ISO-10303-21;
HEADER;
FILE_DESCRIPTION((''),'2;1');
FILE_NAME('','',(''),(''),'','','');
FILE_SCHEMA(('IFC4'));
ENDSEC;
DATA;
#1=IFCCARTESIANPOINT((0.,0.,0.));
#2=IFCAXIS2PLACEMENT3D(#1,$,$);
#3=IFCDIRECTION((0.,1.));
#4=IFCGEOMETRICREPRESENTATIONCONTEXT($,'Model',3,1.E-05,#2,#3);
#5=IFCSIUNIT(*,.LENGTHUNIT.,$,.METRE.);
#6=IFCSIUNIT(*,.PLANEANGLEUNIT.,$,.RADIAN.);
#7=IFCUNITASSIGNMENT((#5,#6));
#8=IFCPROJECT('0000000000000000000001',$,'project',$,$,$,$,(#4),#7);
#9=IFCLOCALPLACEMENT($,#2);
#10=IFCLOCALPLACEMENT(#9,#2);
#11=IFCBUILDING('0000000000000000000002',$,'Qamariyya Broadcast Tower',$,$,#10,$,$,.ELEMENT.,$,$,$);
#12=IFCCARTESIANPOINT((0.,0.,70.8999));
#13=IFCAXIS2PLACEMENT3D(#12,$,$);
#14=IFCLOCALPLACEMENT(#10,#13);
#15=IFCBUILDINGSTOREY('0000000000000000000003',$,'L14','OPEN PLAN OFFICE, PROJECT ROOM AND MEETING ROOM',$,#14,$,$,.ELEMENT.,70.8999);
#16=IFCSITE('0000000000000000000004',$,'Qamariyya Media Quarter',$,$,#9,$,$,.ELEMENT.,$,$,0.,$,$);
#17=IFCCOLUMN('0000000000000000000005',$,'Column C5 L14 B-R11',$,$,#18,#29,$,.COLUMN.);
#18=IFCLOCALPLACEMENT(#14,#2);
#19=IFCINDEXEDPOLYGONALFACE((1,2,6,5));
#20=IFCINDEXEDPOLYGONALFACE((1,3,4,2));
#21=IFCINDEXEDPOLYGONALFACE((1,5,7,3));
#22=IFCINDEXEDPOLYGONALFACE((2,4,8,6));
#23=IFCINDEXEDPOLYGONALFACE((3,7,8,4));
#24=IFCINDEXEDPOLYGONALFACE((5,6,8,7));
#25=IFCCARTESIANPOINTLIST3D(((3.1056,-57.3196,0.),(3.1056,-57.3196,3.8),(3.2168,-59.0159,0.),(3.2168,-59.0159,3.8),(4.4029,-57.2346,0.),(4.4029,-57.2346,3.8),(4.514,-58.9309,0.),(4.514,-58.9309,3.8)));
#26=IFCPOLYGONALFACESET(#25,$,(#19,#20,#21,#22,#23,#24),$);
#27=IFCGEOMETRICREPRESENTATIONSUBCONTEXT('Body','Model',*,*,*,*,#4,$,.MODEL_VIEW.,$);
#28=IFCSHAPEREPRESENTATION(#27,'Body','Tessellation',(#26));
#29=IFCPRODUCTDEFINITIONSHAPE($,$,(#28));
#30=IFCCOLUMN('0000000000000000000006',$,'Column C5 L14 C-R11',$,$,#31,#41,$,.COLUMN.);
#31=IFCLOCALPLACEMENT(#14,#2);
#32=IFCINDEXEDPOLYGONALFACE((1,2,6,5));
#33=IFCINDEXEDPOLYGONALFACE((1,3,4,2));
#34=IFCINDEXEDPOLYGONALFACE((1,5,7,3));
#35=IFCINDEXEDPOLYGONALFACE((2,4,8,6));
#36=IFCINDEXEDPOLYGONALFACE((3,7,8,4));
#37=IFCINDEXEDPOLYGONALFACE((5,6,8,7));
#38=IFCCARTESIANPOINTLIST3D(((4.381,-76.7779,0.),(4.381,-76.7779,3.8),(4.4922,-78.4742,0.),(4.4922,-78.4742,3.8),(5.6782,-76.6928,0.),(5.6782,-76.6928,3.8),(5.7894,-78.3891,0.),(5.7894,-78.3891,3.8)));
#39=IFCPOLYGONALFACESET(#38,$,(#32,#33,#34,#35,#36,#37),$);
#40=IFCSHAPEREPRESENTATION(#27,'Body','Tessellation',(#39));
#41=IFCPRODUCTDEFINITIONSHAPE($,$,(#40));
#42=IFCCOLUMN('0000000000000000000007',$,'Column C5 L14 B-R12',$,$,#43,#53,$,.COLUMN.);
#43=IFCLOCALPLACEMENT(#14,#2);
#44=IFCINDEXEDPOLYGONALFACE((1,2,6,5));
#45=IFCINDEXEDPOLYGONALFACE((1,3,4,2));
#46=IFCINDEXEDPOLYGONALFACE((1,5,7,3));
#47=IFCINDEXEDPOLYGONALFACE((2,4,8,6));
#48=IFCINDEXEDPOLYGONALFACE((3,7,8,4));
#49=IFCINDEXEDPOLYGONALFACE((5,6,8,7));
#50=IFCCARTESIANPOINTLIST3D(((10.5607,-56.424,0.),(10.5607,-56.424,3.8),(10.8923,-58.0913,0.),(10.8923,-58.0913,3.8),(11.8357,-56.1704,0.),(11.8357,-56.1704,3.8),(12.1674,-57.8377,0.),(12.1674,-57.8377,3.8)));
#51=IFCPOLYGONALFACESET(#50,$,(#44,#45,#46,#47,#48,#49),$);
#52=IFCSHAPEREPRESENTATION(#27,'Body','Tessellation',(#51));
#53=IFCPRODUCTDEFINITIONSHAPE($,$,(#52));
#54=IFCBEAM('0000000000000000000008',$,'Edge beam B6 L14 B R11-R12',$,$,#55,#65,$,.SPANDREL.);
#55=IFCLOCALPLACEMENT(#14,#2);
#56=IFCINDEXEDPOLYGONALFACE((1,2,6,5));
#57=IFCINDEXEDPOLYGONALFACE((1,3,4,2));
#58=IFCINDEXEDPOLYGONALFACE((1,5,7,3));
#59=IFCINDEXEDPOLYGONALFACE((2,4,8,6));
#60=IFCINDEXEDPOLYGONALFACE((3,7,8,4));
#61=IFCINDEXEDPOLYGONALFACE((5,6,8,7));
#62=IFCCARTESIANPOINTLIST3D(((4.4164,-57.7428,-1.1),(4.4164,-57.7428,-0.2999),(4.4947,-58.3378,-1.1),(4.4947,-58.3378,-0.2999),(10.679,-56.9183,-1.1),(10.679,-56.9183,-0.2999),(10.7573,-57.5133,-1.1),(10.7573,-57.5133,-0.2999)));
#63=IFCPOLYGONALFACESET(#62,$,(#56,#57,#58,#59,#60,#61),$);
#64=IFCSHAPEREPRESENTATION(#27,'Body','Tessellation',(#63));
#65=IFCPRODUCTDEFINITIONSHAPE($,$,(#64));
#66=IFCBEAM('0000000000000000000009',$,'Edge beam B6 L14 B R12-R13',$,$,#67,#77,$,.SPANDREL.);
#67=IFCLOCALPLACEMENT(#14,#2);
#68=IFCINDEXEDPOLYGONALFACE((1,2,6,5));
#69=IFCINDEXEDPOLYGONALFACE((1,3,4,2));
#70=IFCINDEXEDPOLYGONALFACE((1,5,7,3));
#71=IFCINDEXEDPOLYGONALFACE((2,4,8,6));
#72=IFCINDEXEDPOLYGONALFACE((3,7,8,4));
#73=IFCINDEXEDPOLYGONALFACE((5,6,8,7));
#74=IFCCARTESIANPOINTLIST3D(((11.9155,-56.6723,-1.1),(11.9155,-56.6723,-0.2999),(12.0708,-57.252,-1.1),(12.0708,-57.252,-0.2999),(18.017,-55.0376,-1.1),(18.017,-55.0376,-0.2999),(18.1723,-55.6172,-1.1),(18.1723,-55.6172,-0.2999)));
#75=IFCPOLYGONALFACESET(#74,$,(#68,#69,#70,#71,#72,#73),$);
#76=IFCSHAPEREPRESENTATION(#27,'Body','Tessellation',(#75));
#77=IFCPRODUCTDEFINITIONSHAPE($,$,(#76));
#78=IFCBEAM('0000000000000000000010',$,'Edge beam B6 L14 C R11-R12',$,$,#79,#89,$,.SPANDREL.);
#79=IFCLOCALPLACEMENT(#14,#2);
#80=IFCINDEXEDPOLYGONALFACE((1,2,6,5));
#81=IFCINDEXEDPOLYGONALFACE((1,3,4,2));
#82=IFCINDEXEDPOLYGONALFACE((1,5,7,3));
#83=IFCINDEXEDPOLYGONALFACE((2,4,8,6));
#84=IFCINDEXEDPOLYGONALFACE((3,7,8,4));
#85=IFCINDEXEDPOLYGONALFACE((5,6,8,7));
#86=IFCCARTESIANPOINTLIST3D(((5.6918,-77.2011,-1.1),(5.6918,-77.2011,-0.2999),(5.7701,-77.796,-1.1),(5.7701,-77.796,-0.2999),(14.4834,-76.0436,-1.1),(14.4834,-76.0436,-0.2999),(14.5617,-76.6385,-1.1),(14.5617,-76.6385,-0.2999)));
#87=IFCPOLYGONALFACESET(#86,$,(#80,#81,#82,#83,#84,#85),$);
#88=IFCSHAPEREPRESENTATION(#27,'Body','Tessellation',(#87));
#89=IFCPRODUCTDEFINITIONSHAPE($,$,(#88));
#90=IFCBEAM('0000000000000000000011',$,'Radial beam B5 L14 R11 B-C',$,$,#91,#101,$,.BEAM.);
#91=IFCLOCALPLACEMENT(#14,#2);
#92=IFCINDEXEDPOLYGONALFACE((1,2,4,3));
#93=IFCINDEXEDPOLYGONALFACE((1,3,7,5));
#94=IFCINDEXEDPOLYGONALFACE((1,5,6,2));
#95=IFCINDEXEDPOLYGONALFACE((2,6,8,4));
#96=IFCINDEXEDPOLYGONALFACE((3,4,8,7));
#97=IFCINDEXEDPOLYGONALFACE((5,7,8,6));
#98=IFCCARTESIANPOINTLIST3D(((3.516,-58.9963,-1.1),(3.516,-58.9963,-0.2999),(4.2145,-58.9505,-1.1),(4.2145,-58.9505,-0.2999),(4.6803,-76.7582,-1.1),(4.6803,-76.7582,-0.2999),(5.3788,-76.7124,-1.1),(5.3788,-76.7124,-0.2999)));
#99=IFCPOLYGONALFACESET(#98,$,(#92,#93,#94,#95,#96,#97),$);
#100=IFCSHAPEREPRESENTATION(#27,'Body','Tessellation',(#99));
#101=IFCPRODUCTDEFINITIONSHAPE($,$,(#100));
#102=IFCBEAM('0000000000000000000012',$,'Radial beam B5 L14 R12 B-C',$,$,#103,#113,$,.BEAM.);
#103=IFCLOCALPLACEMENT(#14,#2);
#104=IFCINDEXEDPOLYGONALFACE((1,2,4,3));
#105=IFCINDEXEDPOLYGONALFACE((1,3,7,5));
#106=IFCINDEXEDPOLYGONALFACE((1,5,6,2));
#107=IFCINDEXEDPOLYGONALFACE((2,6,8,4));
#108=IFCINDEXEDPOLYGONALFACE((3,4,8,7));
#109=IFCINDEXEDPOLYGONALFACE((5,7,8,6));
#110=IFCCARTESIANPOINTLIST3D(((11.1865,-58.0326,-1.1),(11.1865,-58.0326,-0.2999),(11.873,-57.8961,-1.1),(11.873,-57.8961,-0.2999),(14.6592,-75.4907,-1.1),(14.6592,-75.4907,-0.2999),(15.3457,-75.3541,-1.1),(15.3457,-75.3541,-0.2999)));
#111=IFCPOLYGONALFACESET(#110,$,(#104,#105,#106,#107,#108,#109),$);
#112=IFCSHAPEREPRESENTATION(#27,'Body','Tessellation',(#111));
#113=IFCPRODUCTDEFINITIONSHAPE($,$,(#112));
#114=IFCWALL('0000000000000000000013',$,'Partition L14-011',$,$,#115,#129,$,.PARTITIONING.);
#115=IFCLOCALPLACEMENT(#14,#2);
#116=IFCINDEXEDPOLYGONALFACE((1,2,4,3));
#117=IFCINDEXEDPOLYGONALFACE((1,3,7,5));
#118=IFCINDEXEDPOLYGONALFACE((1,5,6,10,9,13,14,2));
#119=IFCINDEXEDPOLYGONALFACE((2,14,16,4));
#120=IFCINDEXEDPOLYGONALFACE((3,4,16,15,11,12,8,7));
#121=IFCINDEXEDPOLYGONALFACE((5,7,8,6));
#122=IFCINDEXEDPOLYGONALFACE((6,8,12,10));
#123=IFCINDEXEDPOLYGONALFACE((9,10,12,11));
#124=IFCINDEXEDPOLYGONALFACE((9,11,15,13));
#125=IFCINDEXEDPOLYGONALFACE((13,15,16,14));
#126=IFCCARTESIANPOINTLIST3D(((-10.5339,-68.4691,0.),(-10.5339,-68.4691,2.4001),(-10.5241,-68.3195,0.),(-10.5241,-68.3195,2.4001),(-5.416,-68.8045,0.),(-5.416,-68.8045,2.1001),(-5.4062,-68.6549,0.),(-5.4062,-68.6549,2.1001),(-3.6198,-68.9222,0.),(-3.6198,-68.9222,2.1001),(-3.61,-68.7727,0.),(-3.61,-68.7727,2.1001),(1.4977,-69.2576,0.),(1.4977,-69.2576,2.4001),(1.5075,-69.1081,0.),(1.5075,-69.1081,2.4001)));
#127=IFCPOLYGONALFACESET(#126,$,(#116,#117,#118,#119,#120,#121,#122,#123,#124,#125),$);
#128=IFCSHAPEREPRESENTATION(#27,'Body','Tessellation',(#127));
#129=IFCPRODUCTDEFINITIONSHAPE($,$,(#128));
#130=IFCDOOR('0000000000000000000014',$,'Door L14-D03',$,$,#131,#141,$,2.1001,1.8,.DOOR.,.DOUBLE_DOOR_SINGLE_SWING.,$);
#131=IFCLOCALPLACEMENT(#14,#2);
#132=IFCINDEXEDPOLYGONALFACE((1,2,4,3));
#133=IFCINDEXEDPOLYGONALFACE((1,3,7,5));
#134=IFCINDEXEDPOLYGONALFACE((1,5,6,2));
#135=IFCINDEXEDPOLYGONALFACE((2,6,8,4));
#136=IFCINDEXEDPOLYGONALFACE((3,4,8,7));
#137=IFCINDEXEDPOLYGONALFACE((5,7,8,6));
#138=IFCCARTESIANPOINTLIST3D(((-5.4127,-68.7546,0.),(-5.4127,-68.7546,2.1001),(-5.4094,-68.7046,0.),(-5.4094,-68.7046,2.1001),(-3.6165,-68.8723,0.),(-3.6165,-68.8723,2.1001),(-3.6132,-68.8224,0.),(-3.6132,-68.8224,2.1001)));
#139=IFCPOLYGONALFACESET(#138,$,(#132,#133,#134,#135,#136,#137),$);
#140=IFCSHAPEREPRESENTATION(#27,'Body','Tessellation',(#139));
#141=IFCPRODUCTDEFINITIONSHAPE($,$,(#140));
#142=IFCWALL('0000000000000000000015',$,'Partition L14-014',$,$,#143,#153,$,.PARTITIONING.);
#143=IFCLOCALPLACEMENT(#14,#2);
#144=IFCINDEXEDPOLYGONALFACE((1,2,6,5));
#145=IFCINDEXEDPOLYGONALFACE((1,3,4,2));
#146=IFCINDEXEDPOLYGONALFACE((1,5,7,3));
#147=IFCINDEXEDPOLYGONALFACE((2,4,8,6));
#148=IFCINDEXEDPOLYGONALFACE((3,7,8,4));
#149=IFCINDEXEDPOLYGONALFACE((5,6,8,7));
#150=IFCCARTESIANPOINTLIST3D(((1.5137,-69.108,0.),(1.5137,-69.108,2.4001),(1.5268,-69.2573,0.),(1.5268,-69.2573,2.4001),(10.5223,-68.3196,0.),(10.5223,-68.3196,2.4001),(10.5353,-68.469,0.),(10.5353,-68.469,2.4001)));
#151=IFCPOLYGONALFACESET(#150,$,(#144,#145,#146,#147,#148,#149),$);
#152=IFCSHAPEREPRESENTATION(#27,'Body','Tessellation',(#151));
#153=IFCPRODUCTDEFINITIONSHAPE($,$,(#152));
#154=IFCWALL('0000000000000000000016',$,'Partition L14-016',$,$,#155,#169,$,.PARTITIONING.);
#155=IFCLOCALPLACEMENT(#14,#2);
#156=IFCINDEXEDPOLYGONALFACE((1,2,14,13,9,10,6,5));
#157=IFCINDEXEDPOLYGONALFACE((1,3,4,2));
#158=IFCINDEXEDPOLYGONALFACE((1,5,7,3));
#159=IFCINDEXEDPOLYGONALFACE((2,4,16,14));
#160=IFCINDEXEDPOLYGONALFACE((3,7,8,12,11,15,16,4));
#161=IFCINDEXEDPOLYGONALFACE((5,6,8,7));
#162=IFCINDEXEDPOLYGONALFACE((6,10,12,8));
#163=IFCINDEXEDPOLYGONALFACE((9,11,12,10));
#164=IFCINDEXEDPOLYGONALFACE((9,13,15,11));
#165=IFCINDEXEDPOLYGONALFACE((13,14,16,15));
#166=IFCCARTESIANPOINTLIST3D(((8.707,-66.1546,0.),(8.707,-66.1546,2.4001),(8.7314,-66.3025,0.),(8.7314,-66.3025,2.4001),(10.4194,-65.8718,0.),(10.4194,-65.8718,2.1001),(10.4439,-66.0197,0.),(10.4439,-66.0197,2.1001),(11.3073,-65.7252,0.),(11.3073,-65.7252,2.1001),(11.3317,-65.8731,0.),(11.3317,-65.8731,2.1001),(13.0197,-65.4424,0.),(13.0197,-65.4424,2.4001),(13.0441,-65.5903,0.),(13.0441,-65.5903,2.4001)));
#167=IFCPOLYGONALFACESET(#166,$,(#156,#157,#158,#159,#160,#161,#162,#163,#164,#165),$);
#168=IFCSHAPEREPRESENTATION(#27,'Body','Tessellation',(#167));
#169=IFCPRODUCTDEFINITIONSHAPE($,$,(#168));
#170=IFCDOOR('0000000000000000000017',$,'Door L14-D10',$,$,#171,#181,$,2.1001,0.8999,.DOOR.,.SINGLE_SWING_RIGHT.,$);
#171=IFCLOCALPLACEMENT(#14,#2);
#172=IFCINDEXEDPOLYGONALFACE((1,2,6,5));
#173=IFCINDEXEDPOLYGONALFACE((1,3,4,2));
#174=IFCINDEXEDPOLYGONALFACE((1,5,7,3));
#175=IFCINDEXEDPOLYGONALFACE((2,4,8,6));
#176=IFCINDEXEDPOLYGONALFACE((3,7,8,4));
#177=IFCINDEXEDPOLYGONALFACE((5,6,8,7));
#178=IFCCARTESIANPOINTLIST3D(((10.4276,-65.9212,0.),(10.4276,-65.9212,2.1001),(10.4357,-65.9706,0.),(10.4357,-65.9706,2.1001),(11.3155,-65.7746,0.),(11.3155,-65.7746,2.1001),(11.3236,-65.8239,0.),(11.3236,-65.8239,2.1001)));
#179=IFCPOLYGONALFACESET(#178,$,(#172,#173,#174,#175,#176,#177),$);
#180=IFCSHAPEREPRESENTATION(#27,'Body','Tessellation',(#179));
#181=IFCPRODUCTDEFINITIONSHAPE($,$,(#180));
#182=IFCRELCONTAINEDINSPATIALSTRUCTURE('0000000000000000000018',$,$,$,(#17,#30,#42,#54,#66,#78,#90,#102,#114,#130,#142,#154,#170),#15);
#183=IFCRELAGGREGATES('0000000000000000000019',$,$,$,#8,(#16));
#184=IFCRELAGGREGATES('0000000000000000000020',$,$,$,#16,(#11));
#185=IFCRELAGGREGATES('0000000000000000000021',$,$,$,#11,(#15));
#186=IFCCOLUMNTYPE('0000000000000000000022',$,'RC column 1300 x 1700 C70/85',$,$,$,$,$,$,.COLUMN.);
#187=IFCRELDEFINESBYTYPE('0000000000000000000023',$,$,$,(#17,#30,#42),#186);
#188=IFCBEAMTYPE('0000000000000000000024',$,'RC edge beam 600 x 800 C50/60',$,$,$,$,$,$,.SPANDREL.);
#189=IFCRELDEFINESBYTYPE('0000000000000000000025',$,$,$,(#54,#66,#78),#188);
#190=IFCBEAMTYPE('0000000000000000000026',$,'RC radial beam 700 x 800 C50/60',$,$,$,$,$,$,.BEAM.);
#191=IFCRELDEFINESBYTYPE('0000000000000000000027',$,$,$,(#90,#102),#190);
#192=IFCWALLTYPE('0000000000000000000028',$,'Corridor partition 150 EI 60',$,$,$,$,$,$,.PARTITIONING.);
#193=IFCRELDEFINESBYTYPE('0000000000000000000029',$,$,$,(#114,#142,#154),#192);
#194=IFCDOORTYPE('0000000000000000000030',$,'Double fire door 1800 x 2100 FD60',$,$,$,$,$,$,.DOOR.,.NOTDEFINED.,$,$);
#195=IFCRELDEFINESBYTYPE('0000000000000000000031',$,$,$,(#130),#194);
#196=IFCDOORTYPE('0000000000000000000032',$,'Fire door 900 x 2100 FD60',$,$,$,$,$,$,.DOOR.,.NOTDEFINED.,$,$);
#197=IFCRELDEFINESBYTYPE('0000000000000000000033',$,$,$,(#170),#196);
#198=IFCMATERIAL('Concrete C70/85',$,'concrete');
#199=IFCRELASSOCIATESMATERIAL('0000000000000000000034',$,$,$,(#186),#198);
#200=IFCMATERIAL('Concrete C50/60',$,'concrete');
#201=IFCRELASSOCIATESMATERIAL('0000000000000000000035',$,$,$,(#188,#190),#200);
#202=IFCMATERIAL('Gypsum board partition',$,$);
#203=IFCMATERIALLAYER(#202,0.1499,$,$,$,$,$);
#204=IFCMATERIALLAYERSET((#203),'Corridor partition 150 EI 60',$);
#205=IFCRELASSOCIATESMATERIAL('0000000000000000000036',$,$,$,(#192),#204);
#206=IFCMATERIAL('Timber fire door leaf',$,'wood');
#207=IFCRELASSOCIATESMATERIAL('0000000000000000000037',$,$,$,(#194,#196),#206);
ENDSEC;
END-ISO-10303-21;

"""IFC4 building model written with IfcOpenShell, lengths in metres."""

from ifc_helpers import new_model, si_unit, direction, frame, frame_2d, origin, origin_2d, place, context, subcontext, project, spatial, rectangle, extrude, material, layer, layer_set, material_profile, profile_set, type_object, element, fill, save


model = new_model("IFC4")

# Units and contexts
model_context = context("Model", 3, precision=1e-05, world=origin(), true_north=direction((0.0, 1.0)))
body_context = subcontext(model_context, "Body", "Model", "MODEL_VIEW")
ifc_project = project(units=[si_unit("LENGTHUNIT", "METRE"), si_unit("PLANEANGLEUNIT", "RADIAN")], contexts=[model_context])

# Site, building, storey
site_placement = place(None, origin())
site = spatial("IfcSite", under=ifc_project, at=site_placement, Name="Qamariyya Media Quarter", CompositionType="ELEMENT", RefElevation=0.0)
building_placement = place(site_placement, origin())
building = spatial("IfcBuilding", under=site, at=building_placement, Name="Qamariyya Broadcast Tower", CompositionType="ELEMENT")
storey_placement = place(building_placement, frame((0.0, 0.0, 70.8999)))
storey = spatial("IfcBuildingStorey", under=building, at=storey_placement, Name="L14", Description="OPEN PLAN OFFICE, PROJECT ROOM AND MEETING ROOM", CompositionType="ELEMENT", Elevation=70.8999)

# Columns
ifc_material_1 = material(Name="Concrete C70/85", Category="concrete")
ifc_material_profile_1 = material_profile(ifc_material_1, rectangle(XDim=1.3, YDim=1.7, at=origin_2d()))
ifc_profile_set_1 = profile_set([ifc_material_profile_1], Name="Concrete C70/85")
column_type = type_object("IfcColumnType", Name="RC column 1300 x 1700 C70/85", PredefinedType="COLUMN", material=ifc_profile_set_1)
for number, where, z_axis, x_axis, name in (
    (1, (3.8098, -58.1252, 0.0), (0.0, 0.0, 1.0), (0.997859, 0.065403, 0.0), "Column C5 L14 B-R11"),
    (2, (5.0852, -77.5835, 0.0), (0.0, 0.0, 1.0), (0.997859, 0.065403, 0.0), "Column C5 L14 C-R11"),
    (3, (11.364, -57.1309, 0.0), (0.0, 0.0, 1.0), (0.980785, 0.19509, 0.0), "Column C5 L14 B-R12"),
):
    element("IfcColumn", number, at=place(storey_placement, frame(where, z_axis=z_axis, x_axis=x_axis)), inside=storey, type_object=column_type, Name=name, PredefinedType="COLUMN", context=body_context, shape_type="SweptSolid", body=[
        extrude(rectangle(XDim=1.3, YDim=1.7, at=origin_2d()), origin(), (0.0, 0.0, 1.0), 3.8),
    ])

# Beams
ifc_material_2 = material(Name="Concrete C50/60", Category="concrete")
ifc_material_profile_2 = material_profile(ifc_material_2, rectangle(XDim=0.6001, YDim=0.8, at=origin_2d()))
ifc_profile_set_2 = profile_set([ifc_material_profile_2], Name="Concrete C50/60")
beam_type_1 = type_object("IfcBeamType", Name="RC edge beam 600 x 800 C50/60", PredefinedType="SPANDREL", material=ifc_profile_set_2)
for number, where, z_axis, x_axis, name in (
    (4, (4.4556, -58.0403, -0.7), (0.991446, 0.13052, 0.0), (-0.13052, 0.991446, 0.0), "Edge beam B6 L14 B R11-R12"),
    (5, (11.9932, -56.9622, -0.7), (0.965931, 0.258798, 0.0), (-0.258798, 0.965931, 0.0), "Edge beam B6 L14 B R12-R13"),
):
    element("IfcBeam", number, at=place(storey_placement, frame(where, z_axis=z_axis, x_axis=x_axis)), inside=storey, type_object=beam_type_1, Name=name, PredefinedType="SPANDREL", context=body_context, shape_type="SweptSolid", body=[
        extrude(rectangle(XDim=0.6001, YDim=0.8, at=origin_2d()), origin(), (0.0, 0.0, 1.0), 6.3167),
    ])
beam_placement = place(storey_placement, frame((5.731, -77.4985, -0.7), z_axis=(0.991444, 0.130531, 0.0), x_axis=(-0.130531, 0.991444, 0.0)))
element("IfcBeam", 6, at=beam_placement, inside=storey, type_object=beam_type_1, Name="Edge beam B6 L14 C R11-R12", PredefinedType="SPANDREL", context=body_context, shape_type="SweptSolid", body=[
    extrude(rectangle(XDim=0.6001, YDim=0.8, at=origin_2d()), origin(), (0.0, 0.0, 1.0), 8.8674),
])
ifc_material_profile_3 = material_profile(ifc_material_2, rectangle(XDim=0.7, YDim=0.8, at=origin_2d()))
ifc_profile_set_3 = profile_set([ifc_material_profile_3], Name="Concrete C50/60")
beam_type_2 = type_object("IfcBeamType", Name="RC radial beam 700 x 800 C50/60", PredefinedType="BEAM", material=ifc_profile_set_3)
for number, where, z_axis, x_axis, name in (
    (7, (3.8652, -58.9734, -0.7), (0.06541, -0.997858, 0.0), (0.997858, 0.06541, 0.0), "Radial beam B5 L14 R11 B-C"),
    (8, (11.5298, -57.9644, -0.7), (0.195093, -0.980785, 0.0), (0.980785, 0.195093, 0.0), "Radial beam B5 L14 R12 B-C"),
):
    element("IfcBeam", number, at=place(storey_placement, frame(where, z_axis=z_axis, x_axis=x_axis)), inside=storey, type_object=beam_type_2, Name=name, PredefinedType="BEAM", context=body_context, shape_type="SweptSolid", body=[
        extrude(rectangle(XDim=0.7, YDim=0.8, at=origin_2d()), origin(), (0.0, 0.0, 1.0), 17.8),
    ])

# Wall, opening, door
ifc_material_3 = material(Name="Gypsum board partition")
ifc_layer_1 = layer(ifc_material_3, 0.1499)
ifc_layer_set_1 = layer_set([ifc_layer_1], Name="Corridor partition 150 EI 60")
wall_type_1 = type_object("IfcWallType", Name="Corridor partition 150 EI 60", PredefinedType="PARTITIONING", material=ifc_layer_set_1)
wall_1_placement = place(storey_placement, frame((1.5027, -69.1829, 0.0), z_axis=(0.0, 0.0, 1.0), x_axis=(-0.997859, 0.065402, 0.0)))
wall_1 = element("IfcWall", 9, at=wall_1_placement, inside=storey, type_object=wall_type_1, Name="Partition L14-011", PredefinedType="PARTITIONING", context=body_context, shape_type="SweptSolid", body=[
    extrude(rectangle(XDim=12.0574, YDim=0.1499, at=frame_2d((6.0288, 0.0))), origin(), (0.0, 0.0, 1.0), 2.4001),
])
opening_1_placement = place(wall_1_placement, frame((5.1287, 0.0, 0.0)))
opening_1 = element("IfcOpeningElement", 10, at=opening_1_placement, cuts=wall_1, PredefinedType="OPENING", context=body_context, shape_type="SweptSolid", body=[
    extrude(rectangle(XDim=1.8, YDim=2.1001, at=frame_2d((0.8999, 1.05))), frame((0.0, 0.085, 0.0), z_axis=(0.0, -1.0, 0.0), x_axis=(1.0, 0.0, 0.0)), (0.0, 0.0, 1.0), 0.1699),
])
ifc_material_4 = material(Name="Timber fire door leaf", Category="wood")
door_type_1 = type_object("IfcDoorType", Name="Double fire door 1800 x 2100 FD60", OperationType="NOTDEFINED", PredefinedType="DOOR", material=ifc_material_4)
door_1_placement = place(opening_1_placement, origin())
door_1 = element("IfcDoor", 11, at=door_1_placement, inside=storey, type_object=door_type_1, Name="Door L14-D03", OperationType="DOUBLE_DOOR_SINGLE_SWING", OverallHeight=2.1001, OverallWidth=1.8, PredefinedType="DOOR", context=body_context, shape_type="SweptSolid", body=[
    extrude(rectangle(XDim=1.8, YDim=2.1001, at=frame_2d((0.8999, 1.05))), frame((0.0, 0.0249, 0.0), z_axis=(0.0, -1.0, 0.0), x_axis=(1.0, 0.0, 0.0)), (0.0, 0.0, 1.0), 0.05),
])
fill(opening_1, door_1)

# Wall
wall_2_placement = place(storey_placement, frame((1.5203, -69.1826, 0.0), z_axis=(0.0, 0.0, 1.0), x_axis=(0.996193, 0.087176, 0.0)))
element("IfcWall", 12, at=wall_2_placement, inside=storey, type_object=wall_type_1, Name="Partition L14-014", PredefinedType="PARTITIONING", context=body_context, shape_type="SweptSolid", body=[
    extrude(rectangle(XDim=9.043, YDim=0.1499, at=frame_2d((4.5215, 0.0))), origin(), (0.0, 0.0, 1.0), 2.4001),
])

# Wall, opening, door
wall_3_placement = place(storey_placement, frame((8.7192, -66.2285, 0.0), z_axis=(0.0, 0.0, 1.0), x_axis=(0.986639, 0.162922, 0.0)))
wall_3 = element("IfcWall", 13, at=wall_3_placement, inside=storey, type_object=wall_type_1, Name="Partition L14-016", PredefinedType="PARTITIONING", context=body_context, shape_type="SweptSolid", body=[
    extrude(rectangle(XDim=4.3711, YDim=0.1499, at=frame_2d((2.1855, 0.0))), origin(), (0.0, 0.0, 1.0), 2.4001),
])
opening_2_placement = place(wall_3_placement, frame((1.7356, 0.0, 0.0)))
opening_2 = element("IfcOpeningElement", 14, at=opening_2_placement, cuts=wall_3, PredefinedType="OPENING", context=body_context, shape_type="SweptSolid", body=[
    extrude(rectangle(XDim=0.8999, YDim=2.1001, at=frame_2d((0.45, 1.05))), frame((0.0, 0.085, 0.0), z_axis=(0.0, -1.0, 0.0), x_axis=(1.0, 0.0, 0.0)), (0.0, 0.0, 1.0), 0.1699),
])
door_type_2 = type_object("IfcDoorType", Name="Fire door 900 x 2100 FD60", OperationType="NOTDEFINED", PredefinedType="DOOR", material=ifc_material_4)
door_2_placement = place(opening_2_placement, origin())
door_2 = element("IfcDoor", 15, at=door_2_placement, inside=storey, type_object=door_type_2, Name="Door L14-D10", OperationType="SINGLE_SWING_RIGHT", OverallHeight=2.1001, OverallWidth=0.8999, PredefinedType="DOOR", context=body_context, shape_type="SweptSolid", body=[
    extrude(rectangle(XDim=0.8999, YDim=2.1001, at=frame_2d((0.45, 1.05))), frame((0.0, 0.0249, 0.0), z_axis=(0.0, -1.0, 0.0), x_axis=(1.0, 0.0, 0.0)), (0.0, 0.0, 1.0), 0.05),
])
fill(opening_2, door_2)

save(model, "model.ifc")
